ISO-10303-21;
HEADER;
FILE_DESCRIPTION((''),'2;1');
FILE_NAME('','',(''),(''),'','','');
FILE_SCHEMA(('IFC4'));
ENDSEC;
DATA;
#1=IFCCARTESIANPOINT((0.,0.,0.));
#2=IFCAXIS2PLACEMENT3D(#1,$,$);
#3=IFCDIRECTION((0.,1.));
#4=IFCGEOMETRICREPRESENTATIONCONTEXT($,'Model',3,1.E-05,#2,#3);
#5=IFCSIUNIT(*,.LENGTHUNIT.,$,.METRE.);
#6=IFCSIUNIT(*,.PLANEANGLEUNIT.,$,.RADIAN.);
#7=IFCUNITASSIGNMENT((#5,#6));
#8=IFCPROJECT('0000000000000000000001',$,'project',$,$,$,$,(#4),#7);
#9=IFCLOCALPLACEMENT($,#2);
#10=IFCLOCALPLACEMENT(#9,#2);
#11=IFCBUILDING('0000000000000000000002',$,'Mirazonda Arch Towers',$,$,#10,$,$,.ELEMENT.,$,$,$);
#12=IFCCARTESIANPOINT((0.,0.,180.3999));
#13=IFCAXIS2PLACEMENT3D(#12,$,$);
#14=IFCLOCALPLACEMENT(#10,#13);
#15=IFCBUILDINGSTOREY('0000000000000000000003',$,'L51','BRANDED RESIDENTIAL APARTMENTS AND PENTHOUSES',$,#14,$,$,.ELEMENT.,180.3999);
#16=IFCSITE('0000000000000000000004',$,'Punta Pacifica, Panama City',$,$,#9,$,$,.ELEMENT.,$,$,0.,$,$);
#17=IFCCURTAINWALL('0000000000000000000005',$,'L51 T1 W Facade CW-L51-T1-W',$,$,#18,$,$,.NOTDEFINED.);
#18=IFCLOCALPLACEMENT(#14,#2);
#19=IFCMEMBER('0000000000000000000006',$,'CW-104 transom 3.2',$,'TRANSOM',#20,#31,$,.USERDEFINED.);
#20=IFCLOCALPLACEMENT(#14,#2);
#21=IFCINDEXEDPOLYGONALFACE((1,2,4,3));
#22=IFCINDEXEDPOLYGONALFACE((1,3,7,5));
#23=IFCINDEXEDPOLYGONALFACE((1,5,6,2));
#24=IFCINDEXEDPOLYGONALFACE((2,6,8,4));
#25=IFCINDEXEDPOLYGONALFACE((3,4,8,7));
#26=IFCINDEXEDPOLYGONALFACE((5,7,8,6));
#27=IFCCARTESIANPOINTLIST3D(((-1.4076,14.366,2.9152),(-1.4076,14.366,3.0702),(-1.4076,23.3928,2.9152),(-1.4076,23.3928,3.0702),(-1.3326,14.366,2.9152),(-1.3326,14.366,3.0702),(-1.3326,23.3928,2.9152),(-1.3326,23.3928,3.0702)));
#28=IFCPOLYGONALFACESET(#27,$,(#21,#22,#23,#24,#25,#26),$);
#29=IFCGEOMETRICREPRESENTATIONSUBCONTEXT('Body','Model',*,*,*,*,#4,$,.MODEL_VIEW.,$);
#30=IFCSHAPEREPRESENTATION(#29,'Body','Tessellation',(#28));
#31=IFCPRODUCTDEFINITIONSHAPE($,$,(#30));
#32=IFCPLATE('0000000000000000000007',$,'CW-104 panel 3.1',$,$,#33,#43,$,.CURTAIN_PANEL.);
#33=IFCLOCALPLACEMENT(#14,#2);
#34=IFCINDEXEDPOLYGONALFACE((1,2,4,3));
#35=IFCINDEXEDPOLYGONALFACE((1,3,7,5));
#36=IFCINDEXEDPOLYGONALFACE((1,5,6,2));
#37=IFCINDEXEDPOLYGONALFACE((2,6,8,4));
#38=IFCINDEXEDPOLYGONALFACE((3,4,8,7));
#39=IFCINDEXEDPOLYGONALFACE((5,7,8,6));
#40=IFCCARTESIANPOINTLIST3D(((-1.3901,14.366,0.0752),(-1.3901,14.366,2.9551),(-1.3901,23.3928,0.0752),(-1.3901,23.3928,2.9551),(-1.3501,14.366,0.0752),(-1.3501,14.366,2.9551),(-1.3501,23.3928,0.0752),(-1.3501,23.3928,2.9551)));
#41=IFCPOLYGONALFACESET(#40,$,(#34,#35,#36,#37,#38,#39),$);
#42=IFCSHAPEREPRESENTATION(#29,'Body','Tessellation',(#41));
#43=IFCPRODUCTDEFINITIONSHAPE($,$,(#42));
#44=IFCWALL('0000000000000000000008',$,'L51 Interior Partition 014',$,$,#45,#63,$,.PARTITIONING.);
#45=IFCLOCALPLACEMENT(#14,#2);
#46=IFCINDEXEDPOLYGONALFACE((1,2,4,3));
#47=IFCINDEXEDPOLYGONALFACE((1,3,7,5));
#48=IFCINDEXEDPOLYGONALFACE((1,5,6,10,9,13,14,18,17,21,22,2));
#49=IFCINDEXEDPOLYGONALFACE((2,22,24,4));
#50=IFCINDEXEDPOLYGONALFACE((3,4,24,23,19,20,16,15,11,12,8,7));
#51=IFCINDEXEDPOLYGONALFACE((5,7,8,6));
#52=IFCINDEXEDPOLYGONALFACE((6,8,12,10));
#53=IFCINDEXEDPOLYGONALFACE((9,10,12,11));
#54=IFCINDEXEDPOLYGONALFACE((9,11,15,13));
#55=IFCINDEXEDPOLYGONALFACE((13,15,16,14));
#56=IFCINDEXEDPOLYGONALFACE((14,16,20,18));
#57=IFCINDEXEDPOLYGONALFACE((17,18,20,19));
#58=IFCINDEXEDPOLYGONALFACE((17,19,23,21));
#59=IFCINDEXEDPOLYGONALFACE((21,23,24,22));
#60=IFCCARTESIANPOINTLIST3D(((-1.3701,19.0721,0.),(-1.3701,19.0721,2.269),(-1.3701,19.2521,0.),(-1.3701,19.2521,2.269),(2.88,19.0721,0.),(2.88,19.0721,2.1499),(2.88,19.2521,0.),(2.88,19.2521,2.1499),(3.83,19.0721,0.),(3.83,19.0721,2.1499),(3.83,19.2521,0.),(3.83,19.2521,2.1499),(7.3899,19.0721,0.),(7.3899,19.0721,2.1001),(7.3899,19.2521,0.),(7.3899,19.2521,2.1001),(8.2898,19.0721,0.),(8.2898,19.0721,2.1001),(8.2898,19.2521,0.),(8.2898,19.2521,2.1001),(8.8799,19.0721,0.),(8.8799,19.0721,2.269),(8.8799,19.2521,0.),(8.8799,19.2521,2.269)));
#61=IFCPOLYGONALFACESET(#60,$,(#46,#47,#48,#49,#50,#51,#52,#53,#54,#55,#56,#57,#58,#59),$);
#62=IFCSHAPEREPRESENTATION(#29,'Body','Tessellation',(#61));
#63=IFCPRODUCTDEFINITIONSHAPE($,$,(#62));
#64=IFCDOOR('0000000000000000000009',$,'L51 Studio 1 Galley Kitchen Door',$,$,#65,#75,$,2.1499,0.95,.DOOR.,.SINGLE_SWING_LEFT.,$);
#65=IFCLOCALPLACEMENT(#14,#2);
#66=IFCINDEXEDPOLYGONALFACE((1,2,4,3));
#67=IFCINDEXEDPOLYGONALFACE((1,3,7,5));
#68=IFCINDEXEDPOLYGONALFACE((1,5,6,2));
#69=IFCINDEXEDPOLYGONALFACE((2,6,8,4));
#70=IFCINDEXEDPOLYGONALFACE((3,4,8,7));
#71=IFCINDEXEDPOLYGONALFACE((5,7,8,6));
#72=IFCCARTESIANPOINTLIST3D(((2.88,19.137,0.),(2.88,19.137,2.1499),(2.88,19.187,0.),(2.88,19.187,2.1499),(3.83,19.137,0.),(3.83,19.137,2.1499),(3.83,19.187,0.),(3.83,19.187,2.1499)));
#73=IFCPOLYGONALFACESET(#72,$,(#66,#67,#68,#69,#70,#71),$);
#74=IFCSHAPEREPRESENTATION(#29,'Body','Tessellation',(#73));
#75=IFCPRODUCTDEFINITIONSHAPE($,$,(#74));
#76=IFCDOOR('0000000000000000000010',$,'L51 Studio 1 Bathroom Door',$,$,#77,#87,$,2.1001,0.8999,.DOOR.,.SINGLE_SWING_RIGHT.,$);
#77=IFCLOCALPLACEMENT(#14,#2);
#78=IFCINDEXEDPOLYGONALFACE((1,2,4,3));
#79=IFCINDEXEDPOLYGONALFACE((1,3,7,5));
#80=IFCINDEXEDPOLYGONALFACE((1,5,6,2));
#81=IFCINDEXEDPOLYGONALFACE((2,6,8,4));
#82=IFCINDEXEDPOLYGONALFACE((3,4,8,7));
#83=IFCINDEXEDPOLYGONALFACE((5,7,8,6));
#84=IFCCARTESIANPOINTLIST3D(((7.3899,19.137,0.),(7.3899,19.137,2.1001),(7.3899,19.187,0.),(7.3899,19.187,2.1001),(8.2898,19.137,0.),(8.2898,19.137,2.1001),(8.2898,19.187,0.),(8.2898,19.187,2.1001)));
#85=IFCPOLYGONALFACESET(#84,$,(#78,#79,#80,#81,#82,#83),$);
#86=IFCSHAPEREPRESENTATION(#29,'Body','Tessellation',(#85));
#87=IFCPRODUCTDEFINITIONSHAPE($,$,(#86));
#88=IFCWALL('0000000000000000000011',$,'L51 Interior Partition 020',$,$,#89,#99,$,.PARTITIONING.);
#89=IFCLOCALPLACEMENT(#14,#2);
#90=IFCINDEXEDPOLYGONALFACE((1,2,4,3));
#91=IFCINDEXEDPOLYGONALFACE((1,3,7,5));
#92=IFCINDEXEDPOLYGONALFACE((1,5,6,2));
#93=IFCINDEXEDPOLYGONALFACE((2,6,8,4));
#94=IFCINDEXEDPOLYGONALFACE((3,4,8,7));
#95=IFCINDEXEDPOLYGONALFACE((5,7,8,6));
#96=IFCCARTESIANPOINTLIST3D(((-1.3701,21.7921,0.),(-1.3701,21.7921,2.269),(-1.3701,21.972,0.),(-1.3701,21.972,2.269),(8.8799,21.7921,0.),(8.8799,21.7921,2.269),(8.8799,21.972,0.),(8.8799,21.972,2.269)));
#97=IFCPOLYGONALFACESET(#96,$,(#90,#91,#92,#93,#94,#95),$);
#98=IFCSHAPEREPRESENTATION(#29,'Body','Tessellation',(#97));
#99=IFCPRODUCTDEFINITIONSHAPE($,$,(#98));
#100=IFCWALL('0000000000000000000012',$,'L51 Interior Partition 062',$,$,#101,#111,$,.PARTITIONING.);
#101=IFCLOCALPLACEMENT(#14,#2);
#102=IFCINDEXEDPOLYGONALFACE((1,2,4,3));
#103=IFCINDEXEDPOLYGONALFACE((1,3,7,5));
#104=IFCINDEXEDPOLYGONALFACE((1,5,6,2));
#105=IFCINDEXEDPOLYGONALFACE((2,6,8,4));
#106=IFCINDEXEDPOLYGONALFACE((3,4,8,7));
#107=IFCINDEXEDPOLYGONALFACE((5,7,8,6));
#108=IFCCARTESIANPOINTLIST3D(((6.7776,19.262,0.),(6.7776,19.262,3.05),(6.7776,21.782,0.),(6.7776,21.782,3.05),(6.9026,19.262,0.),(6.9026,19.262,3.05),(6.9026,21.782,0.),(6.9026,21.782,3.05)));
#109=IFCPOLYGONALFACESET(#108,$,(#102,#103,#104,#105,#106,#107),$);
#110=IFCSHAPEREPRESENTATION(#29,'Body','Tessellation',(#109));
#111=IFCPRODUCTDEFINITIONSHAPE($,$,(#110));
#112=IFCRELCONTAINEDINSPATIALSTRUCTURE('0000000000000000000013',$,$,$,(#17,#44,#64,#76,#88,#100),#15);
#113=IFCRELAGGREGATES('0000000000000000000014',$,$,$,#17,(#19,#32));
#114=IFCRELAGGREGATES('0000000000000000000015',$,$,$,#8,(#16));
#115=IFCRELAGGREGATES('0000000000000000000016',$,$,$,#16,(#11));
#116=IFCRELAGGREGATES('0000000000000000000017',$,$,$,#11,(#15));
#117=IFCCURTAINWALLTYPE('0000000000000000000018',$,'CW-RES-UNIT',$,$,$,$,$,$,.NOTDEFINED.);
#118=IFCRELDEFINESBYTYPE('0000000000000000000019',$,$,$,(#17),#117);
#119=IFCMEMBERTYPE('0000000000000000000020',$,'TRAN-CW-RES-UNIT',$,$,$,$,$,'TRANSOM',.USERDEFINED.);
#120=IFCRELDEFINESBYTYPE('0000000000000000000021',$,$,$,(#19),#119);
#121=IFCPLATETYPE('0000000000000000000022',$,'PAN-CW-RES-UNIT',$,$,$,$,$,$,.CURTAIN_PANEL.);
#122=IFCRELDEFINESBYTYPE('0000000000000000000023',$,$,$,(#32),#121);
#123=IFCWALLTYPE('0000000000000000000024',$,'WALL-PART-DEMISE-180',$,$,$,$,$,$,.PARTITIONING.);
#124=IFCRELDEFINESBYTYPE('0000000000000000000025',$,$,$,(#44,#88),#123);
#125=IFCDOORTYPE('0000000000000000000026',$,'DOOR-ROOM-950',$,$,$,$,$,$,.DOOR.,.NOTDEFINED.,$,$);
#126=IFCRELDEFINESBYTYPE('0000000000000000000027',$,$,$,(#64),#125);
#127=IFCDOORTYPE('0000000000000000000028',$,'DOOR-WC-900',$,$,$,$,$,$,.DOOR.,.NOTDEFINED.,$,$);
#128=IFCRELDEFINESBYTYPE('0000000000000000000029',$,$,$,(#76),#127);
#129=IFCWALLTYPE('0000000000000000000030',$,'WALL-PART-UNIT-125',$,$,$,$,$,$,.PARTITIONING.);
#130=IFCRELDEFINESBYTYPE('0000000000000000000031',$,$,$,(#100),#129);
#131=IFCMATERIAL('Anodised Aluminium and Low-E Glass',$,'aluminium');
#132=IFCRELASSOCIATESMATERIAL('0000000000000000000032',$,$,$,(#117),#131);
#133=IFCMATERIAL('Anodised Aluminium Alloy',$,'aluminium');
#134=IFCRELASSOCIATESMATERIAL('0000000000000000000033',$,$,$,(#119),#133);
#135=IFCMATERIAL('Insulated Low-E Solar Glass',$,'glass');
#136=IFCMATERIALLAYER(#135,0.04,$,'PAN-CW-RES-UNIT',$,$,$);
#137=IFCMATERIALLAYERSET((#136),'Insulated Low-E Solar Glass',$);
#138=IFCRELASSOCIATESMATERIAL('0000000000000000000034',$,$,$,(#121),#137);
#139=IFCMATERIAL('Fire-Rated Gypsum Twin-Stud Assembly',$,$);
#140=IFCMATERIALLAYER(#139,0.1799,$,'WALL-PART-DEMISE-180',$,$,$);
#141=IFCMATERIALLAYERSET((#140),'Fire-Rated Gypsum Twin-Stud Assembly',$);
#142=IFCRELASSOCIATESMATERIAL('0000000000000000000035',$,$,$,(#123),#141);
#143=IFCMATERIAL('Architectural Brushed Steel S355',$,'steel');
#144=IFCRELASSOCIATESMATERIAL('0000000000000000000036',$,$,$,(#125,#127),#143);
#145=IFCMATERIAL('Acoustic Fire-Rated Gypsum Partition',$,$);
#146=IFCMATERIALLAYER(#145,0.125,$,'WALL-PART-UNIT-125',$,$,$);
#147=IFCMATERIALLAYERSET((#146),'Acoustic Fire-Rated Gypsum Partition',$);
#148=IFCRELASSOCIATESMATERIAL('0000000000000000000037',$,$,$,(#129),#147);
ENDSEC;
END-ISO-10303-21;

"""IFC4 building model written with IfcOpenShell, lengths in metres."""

from ifc_helpers import new_model, si_unit, direction, frame, frame_2d, origin, origin_2d, place, context, subcontext, project, spatial, rectangle, extrude, material, layer, layer_set, material_profile, profile_set, type_object, element, fill, aggregate, save


model = new_model("IFC4")

# Units and contexts
model_context = context("Model", 3, precision=1e-05, world=origin(), true_north=direction((0.0, 1.0)))
body_context = subcontext(model_context, "Body", "Model", "MODEL_VIEW")
ifc_project = project(units=[si_unit("LENGTHUNIT", "METRE"), si_unit("PLANEANGLEUNIT", "RADIAN")], contexts=[model_context])

# Site, building, storey
site_placement = place(None, origin())
site = spatial("IfcSite", under=ifc_project, at=site_placement, Name="Punta Pacifica, Panama City", CompositionType="ELEMENT", RefElevation=0.0)
building_placement = place(site_placement, origin())
building = spatial("IfcBuilding", under=site, at=building_placement, Name="Mirazonda Arch Towers", CompositionType="ELEMENT")
storey_placement = place(building_placement, frame((0.0, 0.0, 180.3999)))
storey = spatial("IfcBuildingStorey", under=building, at=storey_placement, Name="L51", Description="BRANDED RESIDENTIAL APARTMENTS AND PENTHOUSES", CompositionType="ELEMENT", Elevation=180.3999)

# Curtain wall, member, plate
ifc_material_1 = material(Name="Anodised Aluminium and Low-E Glass", Category="aluminium")
curtain_wall_type = type_object("IfcCurtainWallType", Name="CW-RES-UNIT", PredefinedType="NOTDEFINED", material=ifc_material_1)
curtain_wall_placement = place(storey_placement, origin())
curtain_wall = element("IfcCurtainWall", 1, at=curtain_wall_placement, inside=storey, type_object=curtain_wall_type, Name="L51 T1 W Facade CW-L51-T1-W", PredefinedType="NOTDEFINED")
ifc_material_2 = material(Name="Anodised Aluminium Alloy", Category="aluminium")
ifc_material_profile_1 = material_profile(ifc_material_2, rectangle(XDim=0.075, YDim=0.155, at=origin_2d()), Name="ALU-TRAN-75x155")
ifc_profile_set_1 = profile_set([ifc_material_profile_1], Name="Anodised Aluminium Alloy")
member_type_1 = type_object("IfcMemberType", Name="TRAN-CW-RES-UNIT", ElementType="TRANSOM", PredefinedType="USERDEFINED", material=ifc_profile_set_1)
member_1_placement = place(storey_placement, frame((-1.3701, 23.3928, 2.9927), z_axis=(0.0, -1.0, 0.0), x_axis=(1.0, 0.0, 0.0)))
member_1 = element("IfcMember", 2, at=member_1_placement, type_object=member_type_1, Name="CW-104 transom 3.2", ObjectType="TRANSOM", PredefinedType="USERDEFINED", context=body_context, shape_type="SweptSolid", body=[
    extrude(rectangle(XDim=0.075, YDim=0.155, at=origin_2d()), origin(), (0.0, 0.0, 1.0), 9.0269),
])
ifc_material_3 = material(Name="Insulated Low-E Solar Glass", Category="glass")
ifc_layer_1 = layer(ifc_material_3, 0.04, Name="PAN-CW-RES-UNIT")
ifc_layer_set_1 = layer_set([ifc_layer_1], Name="Insulated Low-E Solar Glass")
plate_type = type_object("IfcPlateType", Name="PAN-CW-RES-UNIT", PredefinedType="CURTAIN_PANEL", material=ifc_layer_set_1)
plate_placement = place(storey_placement, frame((-1.3701, 18.8794, 0.0752), z_axis=(0.0, 0.0, 1.0), x_axis=(0.0, -1.0, 0.0)))
plate = element("IfcPlate", 3, at=plate_placement, type_object=plate_type, Name="CW-104 panel 3.1", PredefinedType="CURTAIN_PANEL", context=body_context, shape_type="SweptSolid", body=[
    extrude(rectangle(XDim=9.0269, YDim=0.04, at=origin_2d()), origin(), (0.0, 0.0, 1.0), 2.8799),
])
aggregate(curtain_wall, [member_1, plate])

# Wall, openings, doors
ifc_material_4 = material(Name="Fire-Rated Gypsum Twin-Stud Assembly")
ifc_layer_2 = layer(ifc_material_4, 0.1799, Name="WALL-PART-DEMISE-180")
ifc_layer_set_2 = layer_set([ifc_layer_2], Name="Fire-Rated Gypsum Twin-Stud Assembly")
wall_type_1 = type_object("IfcWallType", Name="WALL-PART-DEMISE-180", PredefinedType="PARTITIONING", material=ifc_layer_set_2)
wall_1_placement = place(storey_placement, frame((-1.3701, 19.1621, 0.0), z_axis=(0.0, 0.0, 1.0), x_axis=(1.0, 0.0, 0.0)))
wall_1 = element("IfcWall", 4, at=wall_1_placement, inside=storey, type_object=wall_type_1, Name="L51 Interior Partition 014", PredefinedType="PARTITIONING", context=body_context, shape_type="SweptSolid", body=[
    extrude(rectangle(XDim=10.25, YDim=0.1799, at=frame_2d((5.125, 0.0))), origin(), (0.0, 0.0, 1.0), 2.269),
])
opening_1_placement = place(wall_1_placement, frame((4.25, 0.0, 0.0)))
opening_1 = element("IfcOpeningElement", 5, at=opening_1_placement, cuts=wall_1, PredefinedType="OPENING", context=body_context, shape_type="SweptSolid", body=[
    extrude(rectangle(XDim=0.95, YDim=2.1499, at=frame_2d((0.4751, 1.075))), frame((0.0, 0.0999, 0.0), z_axis=(0.0, -1.0, 0.0), x_axis=(1.0, 0.0, 0.0)), (0.0, 0.0, 1.0), 0.2),
])
opening_2_placement = place(wall_1_placement, frame((8.76, 0.0, 0.0)))
opening_2 = element("IfcOpeningElement", 6, at=opening_2_placement, cuts=wall_1, PredefinedType="OPENING", context=body_context, shape_type="SweptSolid", body=[
    extrude(rectangle(XDim=0.8999, YDim=2.1001, at=frame_2d((0.45, 1.05))), frame((0.0, 0.0999, 0.0), z_axis=(0.0, -1.0, 0.0), x_axis=(1.0, 0.0, 0.0)), (0.0, 0.0, 1.0), 0.2),
])
ifc_material_5 = material(Name="Architectural Brushed Steel S355", Category="steel")
door_type_1 = type_object("IfcDoorType", Name="DOOR-ROOM-950", OperationType="NOTDEFINED", PredefinedType="DOOR", material=ifc_material_5)
door_1_placement = place(opening_1_placement, origin())
door_1 = element("IfcDoor", 7, at=door_1_placement, inside=storey, type_object=door_type_1, Name="L51 Studio 1 Galley Kitchen Door", OperationType="SINGLE_SWING_LEFT", OverallHeight=2.1499, OverallWidth=0.95, PredefinedType="DOOR", context=body_context, shape_type="SweptSolid", body=[
    extrude(rectangle(XDim=0.95, YDim=2.1499, at=frame_2d((0.4751, 1.075))), frame((0.0, 0.0249, 0.0), z_axis=(0.0, -1.0, 0.0), x_axis=(1.0, 0.0, 0.0)), (0.0, 0.0, 1.0), 0.05),
])
fill(opening_1, door_1)
door_type_2 = type_object("IfcDoorType", Name="DOOR-WC-900", OperationType="NOTDEFINED", PredefinedType="DOOR", material=ifc_material_5)
door_2_placement = place(opening_2_placement, origin())
door_2 = element("IfcDoor", 8, at=door_2_placement, inside=storey, type_object=door_type_2, Name="L51 Studio 1 Bathroom Door", OperationType="SINGLE_SWING_RIGHT", OverallHeight=2.1001, OverallWidth=0.8999, PredefinedType="DOOR", context=body_context, shape_type="SweptSolid", body=[
    extrude(rectangle(XDim=0.8999, YDim=2.1001, at=frame_2d((0.45, 1.05))), frame((0.0, 0.0249, 0.0), z_axis=(0.0, -1.0, 0.0), x_axis=(1.0, 0.0, 0.0)), (0.0, 0.0, 1.0), 0.05),
])
fill(opening_2, door_2)

# Walls
wall_2_placement = place(storey_placement, frame((-1.3701, 21.8821, 0.0), z_axis=(0.0, 0.0, 1.0), x_axis=(1.0, 0.0, 0.0)))
element("IfcWall", 9, at=wall_2_placement, inside=storey, type_object=wall_type_1, Name="L51 Interior Partition 020", PredefinedType="PARTITIONING", context=body_context, shape_type="SweptSolid", body=[
    extrude(rectangle(XDim=10.25, YDim=0.1799, at=frame_2d((5.125, 0.0))), origin(), (0.0, 0.0, 1.0), 2.269),
])
ifc_material_6 = material(Name="Acoustic Fire-Rated Gypsum Partition")
ifc_layer_3 = layer(ifc_material_6, 0.125, Name="WALL-PART-UNIT-125")
ifc_layer_set_3 = layer_set([ifc_layer_3], Name="Acoustic Fire-Rated Gypsum Partition")
wall_type_2 = type_object("IfcWallType", Name="WALL-PART-UNIT-125", PredefinedType="PARTITIONING", material=ifc_layer_set_3)
wall_3_placement = place(storey_placement, frame((6.8401, 19.262, 0.0), z_axis=(0.0, 0.0, 1.0), x_axis=(0.0, 1.0, 0.0)))
element("IfcWall", 10, at=wall_3_placement, inside=storey, type_object=wall_type_2, Name="L51 Interior Partition 062", PredefinedType="PARTITIONING", context=body_context, shape_type="SweptSolid", body=[
    extrude(rectangle(XDim=2.52, YDim=0.125, at=frame_2d((1.26, 0.0))), origin(), (0.0, 0.0, 1.0), 3.05),
])

save(model, "model.ifc")
